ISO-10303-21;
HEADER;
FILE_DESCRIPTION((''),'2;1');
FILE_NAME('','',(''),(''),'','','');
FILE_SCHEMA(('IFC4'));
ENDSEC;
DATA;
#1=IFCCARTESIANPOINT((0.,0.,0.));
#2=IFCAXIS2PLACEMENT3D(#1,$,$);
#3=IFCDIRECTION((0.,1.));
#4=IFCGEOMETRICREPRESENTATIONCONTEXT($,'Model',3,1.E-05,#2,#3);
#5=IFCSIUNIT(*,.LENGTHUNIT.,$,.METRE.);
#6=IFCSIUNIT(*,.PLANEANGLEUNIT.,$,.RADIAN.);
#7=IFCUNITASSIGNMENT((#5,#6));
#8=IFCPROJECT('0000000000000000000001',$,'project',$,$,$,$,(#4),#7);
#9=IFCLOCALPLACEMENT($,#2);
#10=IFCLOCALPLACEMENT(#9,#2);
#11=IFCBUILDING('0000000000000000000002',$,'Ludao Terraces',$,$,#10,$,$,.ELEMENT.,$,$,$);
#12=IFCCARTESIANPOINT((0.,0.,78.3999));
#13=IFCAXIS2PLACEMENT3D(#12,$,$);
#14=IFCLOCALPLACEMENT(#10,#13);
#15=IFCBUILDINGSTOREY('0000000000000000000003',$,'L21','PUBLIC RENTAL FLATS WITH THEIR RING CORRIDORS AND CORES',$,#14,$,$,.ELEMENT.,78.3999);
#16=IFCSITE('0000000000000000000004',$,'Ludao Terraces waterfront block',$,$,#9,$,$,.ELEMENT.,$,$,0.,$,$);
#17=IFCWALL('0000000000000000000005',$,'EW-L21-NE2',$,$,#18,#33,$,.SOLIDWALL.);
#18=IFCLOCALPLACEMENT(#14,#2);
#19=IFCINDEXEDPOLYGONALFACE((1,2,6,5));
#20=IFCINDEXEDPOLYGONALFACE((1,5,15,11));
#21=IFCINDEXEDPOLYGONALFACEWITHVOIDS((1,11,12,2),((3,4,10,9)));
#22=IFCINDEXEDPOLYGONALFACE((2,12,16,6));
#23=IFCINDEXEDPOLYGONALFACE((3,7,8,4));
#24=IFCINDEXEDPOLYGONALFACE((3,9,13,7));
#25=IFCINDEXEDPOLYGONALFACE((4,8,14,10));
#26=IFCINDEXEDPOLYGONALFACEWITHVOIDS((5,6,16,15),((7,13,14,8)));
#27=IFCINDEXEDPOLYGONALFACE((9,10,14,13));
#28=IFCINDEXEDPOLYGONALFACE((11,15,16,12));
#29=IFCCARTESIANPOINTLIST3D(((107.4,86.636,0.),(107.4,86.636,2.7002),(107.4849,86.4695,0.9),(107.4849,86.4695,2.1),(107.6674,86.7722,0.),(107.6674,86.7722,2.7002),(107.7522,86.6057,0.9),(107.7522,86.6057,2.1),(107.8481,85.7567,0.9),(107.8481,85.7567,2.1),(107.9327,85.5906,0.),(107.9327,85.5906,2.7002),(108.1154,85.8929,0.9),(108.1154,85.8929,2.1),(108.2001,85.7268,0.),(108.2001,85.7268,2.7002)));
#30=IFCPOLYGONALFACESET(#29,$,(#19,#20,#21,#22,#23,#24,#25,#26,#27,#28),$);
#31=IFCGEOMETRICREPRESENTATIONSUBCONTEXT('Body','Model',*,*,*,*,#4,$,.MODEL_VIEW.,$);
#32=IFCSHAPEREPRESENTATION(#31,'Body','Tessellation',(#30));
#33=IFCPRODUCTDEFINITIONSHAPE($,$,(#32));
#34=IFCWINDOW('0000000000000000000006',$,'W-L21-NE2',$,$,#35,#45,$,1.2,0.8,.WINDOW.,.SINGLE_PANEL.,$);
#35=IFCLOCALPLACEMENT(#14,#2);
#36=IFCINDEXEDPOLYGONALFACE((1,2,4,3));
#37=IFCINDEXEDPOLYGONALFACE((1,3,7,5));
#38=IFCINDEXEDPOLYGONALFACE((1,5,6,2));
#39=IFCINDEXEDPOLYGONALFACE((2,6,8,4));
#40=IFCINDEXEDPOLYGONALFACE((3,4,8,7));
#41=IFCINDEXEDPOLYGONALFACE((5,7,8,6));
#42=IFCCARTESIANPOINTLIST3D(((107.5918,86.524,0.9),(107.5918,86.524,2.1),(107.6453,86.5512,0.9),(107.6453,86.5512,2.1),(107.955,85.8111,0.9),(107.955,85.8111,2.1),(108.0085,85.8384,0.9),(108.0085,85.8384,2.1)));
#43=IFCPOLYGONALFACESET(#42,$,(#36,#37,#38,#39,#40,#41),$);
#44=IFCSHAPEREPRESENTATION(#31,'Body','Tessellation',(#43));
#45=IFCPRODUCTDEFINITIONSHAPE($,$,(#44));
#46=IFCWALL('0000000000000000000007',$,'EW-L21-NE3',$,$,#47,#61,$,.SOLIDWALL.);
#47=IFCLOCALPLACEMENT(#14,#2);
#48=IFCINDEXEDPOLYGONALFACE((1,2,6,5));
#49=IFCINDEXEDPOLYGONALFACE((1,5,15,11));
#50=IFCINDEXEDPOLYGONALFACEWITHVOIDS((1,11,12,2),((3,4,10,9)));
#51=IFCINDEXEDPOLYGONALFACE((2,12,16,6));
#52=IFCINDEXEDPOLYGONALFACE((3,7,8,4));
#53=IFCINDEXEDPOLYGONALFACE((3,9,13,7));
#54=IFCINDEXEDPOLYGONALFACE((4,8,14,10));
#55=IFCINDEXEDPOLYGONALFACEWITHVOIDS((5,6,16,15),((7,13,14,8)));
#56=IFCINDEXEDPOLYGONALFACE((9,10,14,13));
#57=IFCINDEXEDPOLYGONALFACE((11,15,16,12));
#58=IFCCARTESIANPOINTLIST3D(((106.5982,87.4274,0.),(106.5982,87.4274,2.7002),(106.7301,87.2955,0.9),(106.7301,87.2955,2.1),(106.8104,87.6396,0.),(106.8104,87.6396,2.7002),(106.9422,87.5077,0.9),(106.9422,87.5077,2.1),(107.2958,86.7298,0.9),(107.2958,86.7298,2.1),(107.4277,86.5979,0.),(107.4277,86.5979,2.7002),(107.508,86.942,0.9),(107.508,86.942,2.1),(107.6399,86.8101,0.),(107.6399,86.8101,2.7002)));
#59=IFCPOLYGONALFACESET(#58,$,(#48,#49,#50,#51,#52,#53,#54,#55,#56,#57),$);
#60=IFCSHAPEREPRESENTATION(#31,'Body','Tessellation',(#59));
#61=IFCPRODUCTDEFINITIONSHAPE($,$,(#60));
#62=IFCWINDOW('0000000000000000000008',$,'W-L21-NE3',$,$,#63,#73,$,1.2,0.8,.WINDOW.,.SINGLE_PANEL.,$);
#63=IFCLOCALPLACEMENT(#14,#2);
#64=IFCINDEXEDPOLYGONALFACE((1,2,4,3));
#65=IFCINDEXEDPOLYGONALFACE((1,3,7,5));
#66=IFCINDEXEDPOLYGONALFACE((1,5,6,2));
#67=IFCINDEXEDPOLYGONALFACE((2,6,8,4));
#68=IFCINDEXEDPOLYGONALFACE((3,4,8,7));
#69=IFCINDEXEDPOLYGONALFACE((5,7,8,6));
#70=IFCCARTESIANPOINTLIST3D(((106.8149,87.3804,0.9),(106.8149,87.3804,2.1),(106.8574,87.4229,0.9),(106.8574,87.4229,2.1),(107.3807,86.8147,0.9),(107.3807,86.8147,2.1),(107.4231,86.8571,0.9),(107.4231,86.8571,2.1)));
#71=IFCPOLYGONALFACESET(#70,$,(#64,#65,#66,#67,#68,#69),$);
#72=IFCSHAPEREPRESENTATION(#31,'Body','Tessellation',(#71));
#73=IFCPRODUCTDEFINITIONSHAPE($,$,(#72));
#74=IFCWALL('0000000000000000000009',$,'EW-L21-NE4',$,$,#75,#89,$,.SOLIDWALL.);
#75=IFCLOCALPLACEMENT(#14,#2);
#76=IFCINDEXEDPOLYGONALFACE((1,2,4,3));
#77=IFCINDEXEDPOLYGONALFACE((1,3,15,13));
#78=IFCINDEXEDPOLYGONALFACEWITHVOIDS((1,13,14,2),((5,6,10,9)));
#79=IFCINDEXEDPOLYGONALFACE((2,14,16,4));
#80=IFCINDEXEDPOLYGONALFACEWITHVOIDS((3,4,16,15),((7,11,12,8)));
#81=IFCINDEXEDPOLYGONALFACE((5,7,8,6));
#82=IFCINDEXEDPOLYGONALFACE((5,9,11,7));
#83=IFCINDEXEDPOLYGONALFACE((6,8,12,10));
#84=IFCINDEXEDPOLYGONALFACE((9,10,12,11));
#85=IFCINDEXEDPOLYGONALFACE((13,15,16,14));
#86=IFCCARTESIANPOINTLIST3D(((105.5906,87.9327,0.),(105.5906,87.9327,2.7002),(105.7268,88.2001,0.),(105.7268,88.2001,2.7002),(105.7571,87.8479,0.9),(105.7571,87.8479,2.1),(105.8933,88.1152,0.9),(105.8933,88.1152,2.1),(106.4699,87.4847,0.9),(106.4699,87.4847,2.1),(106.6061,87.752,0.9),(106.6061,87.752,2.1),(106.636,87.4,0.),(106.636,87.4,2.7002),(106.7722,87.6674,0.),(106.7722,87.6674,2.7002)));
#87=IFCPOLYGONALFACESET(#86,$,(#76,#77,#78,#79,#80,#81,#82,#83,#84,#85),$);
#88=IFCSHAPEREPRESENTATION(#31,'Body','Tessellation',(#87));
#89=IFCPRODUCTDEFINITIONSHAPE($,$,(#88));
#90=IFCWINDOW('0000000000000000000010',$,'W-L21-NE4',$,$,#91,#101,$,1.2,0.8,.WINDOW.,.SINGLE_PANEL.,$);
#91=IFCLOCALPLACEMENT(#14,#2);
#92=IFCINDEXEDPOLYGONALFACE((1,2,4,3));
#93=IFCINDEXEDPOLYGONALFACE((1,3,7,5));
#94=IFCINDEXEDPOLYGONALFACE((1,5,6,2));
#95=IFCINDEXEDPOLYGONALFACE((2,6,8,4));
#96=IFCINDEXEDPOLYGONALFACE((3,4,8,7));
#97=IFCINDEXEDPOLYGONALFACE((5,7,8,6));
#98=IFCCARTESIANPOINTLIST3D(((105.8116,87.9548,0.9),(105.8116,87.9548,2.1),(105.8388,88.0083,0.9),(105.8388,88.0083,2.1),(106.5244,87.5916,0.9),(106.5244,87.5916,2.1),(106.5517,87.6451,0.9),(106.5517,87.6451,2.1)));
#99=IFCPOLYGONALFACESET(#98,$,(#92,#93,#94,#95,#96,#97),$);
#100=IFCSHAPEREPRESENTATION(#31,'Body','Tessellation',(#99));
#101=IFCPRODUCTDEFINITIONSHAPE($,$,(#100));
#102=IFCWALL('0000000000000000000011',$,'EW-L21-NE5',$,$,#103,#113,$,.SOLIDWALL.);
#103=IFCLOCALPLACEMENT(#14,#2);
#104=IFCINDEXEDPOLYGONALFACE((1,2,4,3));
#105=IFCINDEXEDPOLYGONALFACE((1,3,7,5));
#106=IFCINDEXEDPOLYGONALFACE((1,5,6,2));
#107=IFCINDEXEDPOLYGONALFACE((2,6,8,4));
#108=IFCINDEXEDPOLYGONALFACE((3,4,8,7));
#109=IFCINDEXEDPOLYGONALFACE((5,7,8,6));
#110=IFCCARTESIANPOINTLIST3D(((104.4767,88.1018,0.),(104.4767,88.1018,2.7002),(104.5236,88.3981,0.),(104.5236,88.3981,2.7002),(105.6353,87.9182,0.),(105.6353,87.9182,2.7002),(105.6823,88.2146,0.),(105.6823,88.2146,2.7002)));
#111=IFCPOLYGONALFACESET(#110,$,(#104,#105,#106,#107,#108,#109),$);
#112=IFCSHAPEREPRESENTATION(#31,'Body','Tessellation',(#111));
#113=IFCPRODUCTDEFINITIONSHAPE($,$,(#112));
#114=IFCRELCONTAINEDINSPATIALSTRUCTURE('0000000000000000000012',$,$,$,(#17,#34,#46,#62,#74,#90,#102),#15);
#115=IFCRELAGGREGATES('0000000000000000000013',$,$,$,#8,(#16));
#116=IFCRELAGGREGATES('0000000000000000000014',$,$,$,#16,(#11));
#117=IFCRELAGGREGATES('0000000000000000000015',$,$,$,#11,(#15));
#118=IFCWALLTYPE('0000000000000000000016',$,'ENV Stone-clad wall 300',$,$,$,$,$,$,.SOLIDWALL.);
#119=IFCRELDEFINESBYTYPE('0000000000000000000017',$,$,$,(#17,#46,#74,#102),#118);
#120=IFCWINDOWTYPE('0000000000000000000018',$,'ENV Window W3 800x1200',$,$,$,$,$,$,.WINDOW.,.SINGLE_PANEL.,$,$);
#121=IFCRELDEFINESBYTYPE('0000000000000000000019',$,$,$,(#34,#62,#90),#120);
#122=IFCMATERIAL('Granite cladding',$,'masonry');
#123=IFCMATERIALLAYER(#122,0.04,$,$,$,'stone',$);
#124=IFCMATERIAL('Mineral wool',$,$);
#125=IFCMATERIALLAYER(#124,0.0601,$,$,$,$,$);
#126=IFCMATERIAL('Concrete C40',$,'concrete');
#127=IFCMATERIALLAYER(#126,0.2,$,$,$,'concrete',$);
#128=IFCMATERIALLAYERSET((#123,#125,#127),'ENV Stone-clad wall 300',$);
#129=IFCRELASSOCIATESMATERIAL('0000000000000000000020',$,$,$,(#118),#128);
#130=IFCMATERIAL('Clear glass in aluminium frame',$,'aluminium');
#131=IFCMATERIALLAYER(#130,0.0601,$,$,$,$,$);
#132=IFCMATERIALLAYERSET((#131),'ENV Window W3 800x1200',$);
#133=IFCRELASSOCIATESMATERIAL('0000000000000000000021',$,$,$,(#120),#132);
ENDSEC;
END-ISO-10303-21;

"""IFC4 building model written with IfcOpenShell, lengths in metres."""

from ifc_helpers import new_model, si_unit, direction, frame, frame_2d, origin, place, context, subcontext, project, spatial, rectangle, extrude, material, layer, layer_set, type_object, element, fill, save


model = new_model("IFC4")

# Units and contexts
model_context = context("Model", 3, precision=1e-05, world=origin(), true_north=direction((0.0, 1.0)))
body_context = subcontext(model_context, "Body", "Model", "MODEL_VIEW")
ifc_project = project(units=[si_unit("LENGTHUNIT", "METRE"), si_unit("PLANEANGLEUNIT", "RADIAN")], contexts=[model_context])

# Site, building, storey
site_placement = place(None, origin())
site = spatial("IfcSite", under=ifc_project, at=site_placement, Name="Ludao Terraces waterfront block", CompositionType="ELEMENT", RefElevation=0.0)
building_placement = place(site_placement, origin())
building = spatial("IfcBuilding", under=site, at=building_placement, Name="Ludao Terraces", CompositionType="ELEMENT")
storey_placement = place(building_placement, frame((0.0, 0.0, 78.3999)))
storey = spatial("IfcBuildingStorey", under=building, at=storey_placement, Name="L21", Description="PUBLIC RENTAL FLATS WITH THEIR RING CORRIDORS AND CORES", CompositionType="ELEMENT", Elevation=78.3999)

# Shared definitions
ifc_material_1 = material(Name="Concrete C40", Category="concrete")

# Shared definitions
ifc_material_2 = material(Name="Granite cladding", Category="masonry")
ifc_layer_1 = layer(ifc_material_2, 0.04, Category="stone")
ifc_material_3 = material(Name="Mineral wool")
ifc_layer_2 = layer(ifc_material_3, 0.0601)
ifc_layer_3 = layer(ifc_material_1, 0.2, Category="concrete")
ifc_layer_set_1 = layer_set([ifc_layer_1, ifc_layer_2, ifc_layer_3], Name="ENV Stone-clad wall 300")
wall_type_1 = type_object("IfcWallType", Name="ENV Stone-clad wall 300", PredefinedType="SOLIDWALL", material=ifc_layer_set_1)
ifc_material_4 = material(Name="Clear glass in aluminium frame", Category="aluminium")

# Walls, openings, windows
wall_1_placement = place(storey_placement, frame((108.0664, 85.6587, 0.0), z_axis=(0.0, 0.0, 1.0), x_axis=(-0.454026, 0.890989, 0.0)))
wall_1 = element("IfcWall", 1, at=wall_1_placement, inside=storey, type_object=wall_type_1, Name="EW-L21-NE2", PredefinedType="SOLIDWALL", context=body_context, shape_type="SweptSolid", body=[
    extrude(rectangle(XDim=1.1733, YDim=0.3, at=frame_2d((0.5867, 0.0))), origin(), (0.0, 0.0, 1.0), 2.7002),
])
opening_1_placement = place(wall_1_placement, frame((0.1865, 0.0, 0.8999)))
opening_1 = element("IfcOpeningElement", 2, at=opening_1_placement, cuts=wall_1, PredefinedType="OPENING", context=body_context, shape_type="SweptSolid", body=[
    extrude(rectangle(XDim=0.8, YDim=1.2, at=frame_2d((0.3999, 0.6001))), frame((0.0, 0.1602, 0.0), z_axis=(0.0, -1.0, 0.0), x_axis=(1.0, 0.0, 0.0)), (0.0, 0.0, 1.0), 0.3201),
])
ifc_layer_4 = layer(ifc_material_4, 0.0601)
ifc_layer_set_2 = layer_set([ifc_layer_4], Name="ENV Window W3 800x1200")
window_type_1 = type_object("IfcWindowType", Name="ENV Window W3 800x1200", PartitioningType="SINGLE_PANEL", PredefinedType="WINDOW", material=ifc_layer_set_2)
window_1_placement = place(opening_1_placement, origin())
window_1 = element("IfcWindow", 3, at=window_1_placement, inside=storey, type_object=window_type_1, Name="W-L21-NE2", OverallHeight=1.2, OverallWidth=0.8, PartitioningType="SINGLE_PANEL", PredefinedType="WINDOW", context=body_context, shape_type="SweptSolid", body=[
    extrude(rectangle(XDim=0.8, YDim=1.2, at=frame_2d((0.3999, 0.6001))), frame((0.0, 0.03, 0.0), z_axis=(0.0, -1.0, 0.0), x_axis=(1.0, 0.0, 0.0)), (0.0, 0.0, 1.0), 0.0601),
])
fill(opening_1, window_1)
wall_2_placement = place(storey_placement, frame((107.5337, 86.7041, 0.0), z_axis=(0.0, 0.0, 1.0), x_axis=(-0.707107, 0.707107, 0.0)))
wall_2 = element("IfcWall", 4, at=wall_2_placement, inside=storey, type_object=wall_type_1, Name="EW-L21-NE3", PredefinedType="SOLIDWALL", context=body_context, shape_type="SweptSolid", body=[
    extrude(rectangle(XDim=1.1731, YDim=0.3, at=frame_2d((0.5864, 0.0))), origin(), (0.0, 0.0, 1.0), 2.7002),
])
opening_2_placement = place(wall_2_placement, frame((0.1865, 0.0, 0.8999)))
opening_2 = element("IfcOpeningElement", 5, at=opening_2_placement, cuts=wall_2, PredefinedType="OPENING", context=body_context, shape_type="SweptSolid", body=[
    extrude(rectangle(XDim=0.8, YDim=1.2, at=frame_2d((0.3999, 0.6001))), frame((0.0, 0.1602, 0.0), z_axis=(0.0, -1.0, 0.0), x_axis=(1.0, 0.0, 0.0)), (0.0, 0.0, 1.0), 0.3201),
])
window_2_placement = place(opening_2_placement, origin())
window_2 = element("IfcWindow", 6, at=window_2_placement, inside=storey, type_object=window_type_1, Name="W-L21-NE3", OverallHeight=1.2, OverallWidth=0.8, PartitioningType="SINGLE_PANEL", PredefinedType="WINDOW", context=body_context, shape_type="SweptSolid", body=[
    extrude(rectangle(XDim=0.8, YDim=1.2, at=frame_2d((0.3999, 0.6001))), frame((0.0, 0.03, 0.0), z_axis=(0.0, -1.0, 0.0), x_axis=(1.0, 0.0, 0.0)), (0.0, 0.0, 1.0), 0.0601),
])
fill(opening_2, window_2)
wall_3_placement = place(storey_placement, frame((106.7041, 87.5337, 0.0), z_axis=(0.0, 0.0, 1.0), x_axis=(-0.890989, 0.454026, 0.0)))
wall_3 = element("IfcWall", 7, at=wall_3_placement, inside=storey, type_object=wall_type_1, Name="EW-L21-NE4", PredefinedType="SOLIDWALL", context=body_context, shape_type="SweptSolid", body=[
    extrude(rectangle(XDim=1.1733, YDim=0.3, at=frame_2d((0.5867, 0.0))), origin(), (0.0, 0.0, 1.0), 2.7002),
])
opening_3_placement = place(wall_3_placement, frame((0.1865, 0.0, 0.8999)))
opening_3 = element("IfcOpeningElement", 8, at=opening_3_placement, cuts=wall_3, PredefinedType="OPENING", context=body_context, shape_type="SweptSolid", body=[
    extrude(rectangle(XDim=0.8, YDim=1.2, at=frame_2d((0.3999, 0.6001))), frame((0.0, 0.1602, 0.0), z_axis=(0.0, -1.0, 0.0), x_axis=(1.0, 0.0, 0.0)), (0.0, 0.0, 1.0), 0.3201),
])
window_3_placement = place(opening_3_placement, origin())
window_3 = element("IfcWindow", 9, at=window_3_placement, inside=storey, type_object=window_type_1, Name="W-L21-NE4", OverallHeight=1.2, OverallWidth=0.8, PartitioningType="SINGLE_PANEL", PredefinedType="WINDOW", context=body_context, shape_type="SweptSolid", body=[
    extrude(rectangle(XDim=0.8, YDim=1.2, at=frame_2d((0.3999, 0.6001))), frame((0.0, 0.03, 0.0), z_axis=(0.0, -1.0, 0.0), x_axis=(1.0, 0.0, 0.0)), (0.0, 0.0, 1.0), 0.0601),
])
fill(opening_3, window_3)

# Wall
wall_4_placement = place(storey_placement, frame((105.6587, 88.0664, 0.0), z_axis=(0.0, 0.0, 1.0), x_axis=(-0.987678, 0.156497, 0.0)))
element("IfcWall", 10, at=wall_4_placement, inside=storey, type_object=wall_type_1, Name="EW-L21-NE5", PredefinedType="SOLIDWALL", context=body_context, shape_type="SweptSolid", body=[
    extrude(rectangle(XDim=1.1731, YDim=0.3, at=frame_2d((0.5864, 0.0))), origin(), (0.0, 0.0, 1.0), 2.7002),
])

save(model, "model.ifc")
